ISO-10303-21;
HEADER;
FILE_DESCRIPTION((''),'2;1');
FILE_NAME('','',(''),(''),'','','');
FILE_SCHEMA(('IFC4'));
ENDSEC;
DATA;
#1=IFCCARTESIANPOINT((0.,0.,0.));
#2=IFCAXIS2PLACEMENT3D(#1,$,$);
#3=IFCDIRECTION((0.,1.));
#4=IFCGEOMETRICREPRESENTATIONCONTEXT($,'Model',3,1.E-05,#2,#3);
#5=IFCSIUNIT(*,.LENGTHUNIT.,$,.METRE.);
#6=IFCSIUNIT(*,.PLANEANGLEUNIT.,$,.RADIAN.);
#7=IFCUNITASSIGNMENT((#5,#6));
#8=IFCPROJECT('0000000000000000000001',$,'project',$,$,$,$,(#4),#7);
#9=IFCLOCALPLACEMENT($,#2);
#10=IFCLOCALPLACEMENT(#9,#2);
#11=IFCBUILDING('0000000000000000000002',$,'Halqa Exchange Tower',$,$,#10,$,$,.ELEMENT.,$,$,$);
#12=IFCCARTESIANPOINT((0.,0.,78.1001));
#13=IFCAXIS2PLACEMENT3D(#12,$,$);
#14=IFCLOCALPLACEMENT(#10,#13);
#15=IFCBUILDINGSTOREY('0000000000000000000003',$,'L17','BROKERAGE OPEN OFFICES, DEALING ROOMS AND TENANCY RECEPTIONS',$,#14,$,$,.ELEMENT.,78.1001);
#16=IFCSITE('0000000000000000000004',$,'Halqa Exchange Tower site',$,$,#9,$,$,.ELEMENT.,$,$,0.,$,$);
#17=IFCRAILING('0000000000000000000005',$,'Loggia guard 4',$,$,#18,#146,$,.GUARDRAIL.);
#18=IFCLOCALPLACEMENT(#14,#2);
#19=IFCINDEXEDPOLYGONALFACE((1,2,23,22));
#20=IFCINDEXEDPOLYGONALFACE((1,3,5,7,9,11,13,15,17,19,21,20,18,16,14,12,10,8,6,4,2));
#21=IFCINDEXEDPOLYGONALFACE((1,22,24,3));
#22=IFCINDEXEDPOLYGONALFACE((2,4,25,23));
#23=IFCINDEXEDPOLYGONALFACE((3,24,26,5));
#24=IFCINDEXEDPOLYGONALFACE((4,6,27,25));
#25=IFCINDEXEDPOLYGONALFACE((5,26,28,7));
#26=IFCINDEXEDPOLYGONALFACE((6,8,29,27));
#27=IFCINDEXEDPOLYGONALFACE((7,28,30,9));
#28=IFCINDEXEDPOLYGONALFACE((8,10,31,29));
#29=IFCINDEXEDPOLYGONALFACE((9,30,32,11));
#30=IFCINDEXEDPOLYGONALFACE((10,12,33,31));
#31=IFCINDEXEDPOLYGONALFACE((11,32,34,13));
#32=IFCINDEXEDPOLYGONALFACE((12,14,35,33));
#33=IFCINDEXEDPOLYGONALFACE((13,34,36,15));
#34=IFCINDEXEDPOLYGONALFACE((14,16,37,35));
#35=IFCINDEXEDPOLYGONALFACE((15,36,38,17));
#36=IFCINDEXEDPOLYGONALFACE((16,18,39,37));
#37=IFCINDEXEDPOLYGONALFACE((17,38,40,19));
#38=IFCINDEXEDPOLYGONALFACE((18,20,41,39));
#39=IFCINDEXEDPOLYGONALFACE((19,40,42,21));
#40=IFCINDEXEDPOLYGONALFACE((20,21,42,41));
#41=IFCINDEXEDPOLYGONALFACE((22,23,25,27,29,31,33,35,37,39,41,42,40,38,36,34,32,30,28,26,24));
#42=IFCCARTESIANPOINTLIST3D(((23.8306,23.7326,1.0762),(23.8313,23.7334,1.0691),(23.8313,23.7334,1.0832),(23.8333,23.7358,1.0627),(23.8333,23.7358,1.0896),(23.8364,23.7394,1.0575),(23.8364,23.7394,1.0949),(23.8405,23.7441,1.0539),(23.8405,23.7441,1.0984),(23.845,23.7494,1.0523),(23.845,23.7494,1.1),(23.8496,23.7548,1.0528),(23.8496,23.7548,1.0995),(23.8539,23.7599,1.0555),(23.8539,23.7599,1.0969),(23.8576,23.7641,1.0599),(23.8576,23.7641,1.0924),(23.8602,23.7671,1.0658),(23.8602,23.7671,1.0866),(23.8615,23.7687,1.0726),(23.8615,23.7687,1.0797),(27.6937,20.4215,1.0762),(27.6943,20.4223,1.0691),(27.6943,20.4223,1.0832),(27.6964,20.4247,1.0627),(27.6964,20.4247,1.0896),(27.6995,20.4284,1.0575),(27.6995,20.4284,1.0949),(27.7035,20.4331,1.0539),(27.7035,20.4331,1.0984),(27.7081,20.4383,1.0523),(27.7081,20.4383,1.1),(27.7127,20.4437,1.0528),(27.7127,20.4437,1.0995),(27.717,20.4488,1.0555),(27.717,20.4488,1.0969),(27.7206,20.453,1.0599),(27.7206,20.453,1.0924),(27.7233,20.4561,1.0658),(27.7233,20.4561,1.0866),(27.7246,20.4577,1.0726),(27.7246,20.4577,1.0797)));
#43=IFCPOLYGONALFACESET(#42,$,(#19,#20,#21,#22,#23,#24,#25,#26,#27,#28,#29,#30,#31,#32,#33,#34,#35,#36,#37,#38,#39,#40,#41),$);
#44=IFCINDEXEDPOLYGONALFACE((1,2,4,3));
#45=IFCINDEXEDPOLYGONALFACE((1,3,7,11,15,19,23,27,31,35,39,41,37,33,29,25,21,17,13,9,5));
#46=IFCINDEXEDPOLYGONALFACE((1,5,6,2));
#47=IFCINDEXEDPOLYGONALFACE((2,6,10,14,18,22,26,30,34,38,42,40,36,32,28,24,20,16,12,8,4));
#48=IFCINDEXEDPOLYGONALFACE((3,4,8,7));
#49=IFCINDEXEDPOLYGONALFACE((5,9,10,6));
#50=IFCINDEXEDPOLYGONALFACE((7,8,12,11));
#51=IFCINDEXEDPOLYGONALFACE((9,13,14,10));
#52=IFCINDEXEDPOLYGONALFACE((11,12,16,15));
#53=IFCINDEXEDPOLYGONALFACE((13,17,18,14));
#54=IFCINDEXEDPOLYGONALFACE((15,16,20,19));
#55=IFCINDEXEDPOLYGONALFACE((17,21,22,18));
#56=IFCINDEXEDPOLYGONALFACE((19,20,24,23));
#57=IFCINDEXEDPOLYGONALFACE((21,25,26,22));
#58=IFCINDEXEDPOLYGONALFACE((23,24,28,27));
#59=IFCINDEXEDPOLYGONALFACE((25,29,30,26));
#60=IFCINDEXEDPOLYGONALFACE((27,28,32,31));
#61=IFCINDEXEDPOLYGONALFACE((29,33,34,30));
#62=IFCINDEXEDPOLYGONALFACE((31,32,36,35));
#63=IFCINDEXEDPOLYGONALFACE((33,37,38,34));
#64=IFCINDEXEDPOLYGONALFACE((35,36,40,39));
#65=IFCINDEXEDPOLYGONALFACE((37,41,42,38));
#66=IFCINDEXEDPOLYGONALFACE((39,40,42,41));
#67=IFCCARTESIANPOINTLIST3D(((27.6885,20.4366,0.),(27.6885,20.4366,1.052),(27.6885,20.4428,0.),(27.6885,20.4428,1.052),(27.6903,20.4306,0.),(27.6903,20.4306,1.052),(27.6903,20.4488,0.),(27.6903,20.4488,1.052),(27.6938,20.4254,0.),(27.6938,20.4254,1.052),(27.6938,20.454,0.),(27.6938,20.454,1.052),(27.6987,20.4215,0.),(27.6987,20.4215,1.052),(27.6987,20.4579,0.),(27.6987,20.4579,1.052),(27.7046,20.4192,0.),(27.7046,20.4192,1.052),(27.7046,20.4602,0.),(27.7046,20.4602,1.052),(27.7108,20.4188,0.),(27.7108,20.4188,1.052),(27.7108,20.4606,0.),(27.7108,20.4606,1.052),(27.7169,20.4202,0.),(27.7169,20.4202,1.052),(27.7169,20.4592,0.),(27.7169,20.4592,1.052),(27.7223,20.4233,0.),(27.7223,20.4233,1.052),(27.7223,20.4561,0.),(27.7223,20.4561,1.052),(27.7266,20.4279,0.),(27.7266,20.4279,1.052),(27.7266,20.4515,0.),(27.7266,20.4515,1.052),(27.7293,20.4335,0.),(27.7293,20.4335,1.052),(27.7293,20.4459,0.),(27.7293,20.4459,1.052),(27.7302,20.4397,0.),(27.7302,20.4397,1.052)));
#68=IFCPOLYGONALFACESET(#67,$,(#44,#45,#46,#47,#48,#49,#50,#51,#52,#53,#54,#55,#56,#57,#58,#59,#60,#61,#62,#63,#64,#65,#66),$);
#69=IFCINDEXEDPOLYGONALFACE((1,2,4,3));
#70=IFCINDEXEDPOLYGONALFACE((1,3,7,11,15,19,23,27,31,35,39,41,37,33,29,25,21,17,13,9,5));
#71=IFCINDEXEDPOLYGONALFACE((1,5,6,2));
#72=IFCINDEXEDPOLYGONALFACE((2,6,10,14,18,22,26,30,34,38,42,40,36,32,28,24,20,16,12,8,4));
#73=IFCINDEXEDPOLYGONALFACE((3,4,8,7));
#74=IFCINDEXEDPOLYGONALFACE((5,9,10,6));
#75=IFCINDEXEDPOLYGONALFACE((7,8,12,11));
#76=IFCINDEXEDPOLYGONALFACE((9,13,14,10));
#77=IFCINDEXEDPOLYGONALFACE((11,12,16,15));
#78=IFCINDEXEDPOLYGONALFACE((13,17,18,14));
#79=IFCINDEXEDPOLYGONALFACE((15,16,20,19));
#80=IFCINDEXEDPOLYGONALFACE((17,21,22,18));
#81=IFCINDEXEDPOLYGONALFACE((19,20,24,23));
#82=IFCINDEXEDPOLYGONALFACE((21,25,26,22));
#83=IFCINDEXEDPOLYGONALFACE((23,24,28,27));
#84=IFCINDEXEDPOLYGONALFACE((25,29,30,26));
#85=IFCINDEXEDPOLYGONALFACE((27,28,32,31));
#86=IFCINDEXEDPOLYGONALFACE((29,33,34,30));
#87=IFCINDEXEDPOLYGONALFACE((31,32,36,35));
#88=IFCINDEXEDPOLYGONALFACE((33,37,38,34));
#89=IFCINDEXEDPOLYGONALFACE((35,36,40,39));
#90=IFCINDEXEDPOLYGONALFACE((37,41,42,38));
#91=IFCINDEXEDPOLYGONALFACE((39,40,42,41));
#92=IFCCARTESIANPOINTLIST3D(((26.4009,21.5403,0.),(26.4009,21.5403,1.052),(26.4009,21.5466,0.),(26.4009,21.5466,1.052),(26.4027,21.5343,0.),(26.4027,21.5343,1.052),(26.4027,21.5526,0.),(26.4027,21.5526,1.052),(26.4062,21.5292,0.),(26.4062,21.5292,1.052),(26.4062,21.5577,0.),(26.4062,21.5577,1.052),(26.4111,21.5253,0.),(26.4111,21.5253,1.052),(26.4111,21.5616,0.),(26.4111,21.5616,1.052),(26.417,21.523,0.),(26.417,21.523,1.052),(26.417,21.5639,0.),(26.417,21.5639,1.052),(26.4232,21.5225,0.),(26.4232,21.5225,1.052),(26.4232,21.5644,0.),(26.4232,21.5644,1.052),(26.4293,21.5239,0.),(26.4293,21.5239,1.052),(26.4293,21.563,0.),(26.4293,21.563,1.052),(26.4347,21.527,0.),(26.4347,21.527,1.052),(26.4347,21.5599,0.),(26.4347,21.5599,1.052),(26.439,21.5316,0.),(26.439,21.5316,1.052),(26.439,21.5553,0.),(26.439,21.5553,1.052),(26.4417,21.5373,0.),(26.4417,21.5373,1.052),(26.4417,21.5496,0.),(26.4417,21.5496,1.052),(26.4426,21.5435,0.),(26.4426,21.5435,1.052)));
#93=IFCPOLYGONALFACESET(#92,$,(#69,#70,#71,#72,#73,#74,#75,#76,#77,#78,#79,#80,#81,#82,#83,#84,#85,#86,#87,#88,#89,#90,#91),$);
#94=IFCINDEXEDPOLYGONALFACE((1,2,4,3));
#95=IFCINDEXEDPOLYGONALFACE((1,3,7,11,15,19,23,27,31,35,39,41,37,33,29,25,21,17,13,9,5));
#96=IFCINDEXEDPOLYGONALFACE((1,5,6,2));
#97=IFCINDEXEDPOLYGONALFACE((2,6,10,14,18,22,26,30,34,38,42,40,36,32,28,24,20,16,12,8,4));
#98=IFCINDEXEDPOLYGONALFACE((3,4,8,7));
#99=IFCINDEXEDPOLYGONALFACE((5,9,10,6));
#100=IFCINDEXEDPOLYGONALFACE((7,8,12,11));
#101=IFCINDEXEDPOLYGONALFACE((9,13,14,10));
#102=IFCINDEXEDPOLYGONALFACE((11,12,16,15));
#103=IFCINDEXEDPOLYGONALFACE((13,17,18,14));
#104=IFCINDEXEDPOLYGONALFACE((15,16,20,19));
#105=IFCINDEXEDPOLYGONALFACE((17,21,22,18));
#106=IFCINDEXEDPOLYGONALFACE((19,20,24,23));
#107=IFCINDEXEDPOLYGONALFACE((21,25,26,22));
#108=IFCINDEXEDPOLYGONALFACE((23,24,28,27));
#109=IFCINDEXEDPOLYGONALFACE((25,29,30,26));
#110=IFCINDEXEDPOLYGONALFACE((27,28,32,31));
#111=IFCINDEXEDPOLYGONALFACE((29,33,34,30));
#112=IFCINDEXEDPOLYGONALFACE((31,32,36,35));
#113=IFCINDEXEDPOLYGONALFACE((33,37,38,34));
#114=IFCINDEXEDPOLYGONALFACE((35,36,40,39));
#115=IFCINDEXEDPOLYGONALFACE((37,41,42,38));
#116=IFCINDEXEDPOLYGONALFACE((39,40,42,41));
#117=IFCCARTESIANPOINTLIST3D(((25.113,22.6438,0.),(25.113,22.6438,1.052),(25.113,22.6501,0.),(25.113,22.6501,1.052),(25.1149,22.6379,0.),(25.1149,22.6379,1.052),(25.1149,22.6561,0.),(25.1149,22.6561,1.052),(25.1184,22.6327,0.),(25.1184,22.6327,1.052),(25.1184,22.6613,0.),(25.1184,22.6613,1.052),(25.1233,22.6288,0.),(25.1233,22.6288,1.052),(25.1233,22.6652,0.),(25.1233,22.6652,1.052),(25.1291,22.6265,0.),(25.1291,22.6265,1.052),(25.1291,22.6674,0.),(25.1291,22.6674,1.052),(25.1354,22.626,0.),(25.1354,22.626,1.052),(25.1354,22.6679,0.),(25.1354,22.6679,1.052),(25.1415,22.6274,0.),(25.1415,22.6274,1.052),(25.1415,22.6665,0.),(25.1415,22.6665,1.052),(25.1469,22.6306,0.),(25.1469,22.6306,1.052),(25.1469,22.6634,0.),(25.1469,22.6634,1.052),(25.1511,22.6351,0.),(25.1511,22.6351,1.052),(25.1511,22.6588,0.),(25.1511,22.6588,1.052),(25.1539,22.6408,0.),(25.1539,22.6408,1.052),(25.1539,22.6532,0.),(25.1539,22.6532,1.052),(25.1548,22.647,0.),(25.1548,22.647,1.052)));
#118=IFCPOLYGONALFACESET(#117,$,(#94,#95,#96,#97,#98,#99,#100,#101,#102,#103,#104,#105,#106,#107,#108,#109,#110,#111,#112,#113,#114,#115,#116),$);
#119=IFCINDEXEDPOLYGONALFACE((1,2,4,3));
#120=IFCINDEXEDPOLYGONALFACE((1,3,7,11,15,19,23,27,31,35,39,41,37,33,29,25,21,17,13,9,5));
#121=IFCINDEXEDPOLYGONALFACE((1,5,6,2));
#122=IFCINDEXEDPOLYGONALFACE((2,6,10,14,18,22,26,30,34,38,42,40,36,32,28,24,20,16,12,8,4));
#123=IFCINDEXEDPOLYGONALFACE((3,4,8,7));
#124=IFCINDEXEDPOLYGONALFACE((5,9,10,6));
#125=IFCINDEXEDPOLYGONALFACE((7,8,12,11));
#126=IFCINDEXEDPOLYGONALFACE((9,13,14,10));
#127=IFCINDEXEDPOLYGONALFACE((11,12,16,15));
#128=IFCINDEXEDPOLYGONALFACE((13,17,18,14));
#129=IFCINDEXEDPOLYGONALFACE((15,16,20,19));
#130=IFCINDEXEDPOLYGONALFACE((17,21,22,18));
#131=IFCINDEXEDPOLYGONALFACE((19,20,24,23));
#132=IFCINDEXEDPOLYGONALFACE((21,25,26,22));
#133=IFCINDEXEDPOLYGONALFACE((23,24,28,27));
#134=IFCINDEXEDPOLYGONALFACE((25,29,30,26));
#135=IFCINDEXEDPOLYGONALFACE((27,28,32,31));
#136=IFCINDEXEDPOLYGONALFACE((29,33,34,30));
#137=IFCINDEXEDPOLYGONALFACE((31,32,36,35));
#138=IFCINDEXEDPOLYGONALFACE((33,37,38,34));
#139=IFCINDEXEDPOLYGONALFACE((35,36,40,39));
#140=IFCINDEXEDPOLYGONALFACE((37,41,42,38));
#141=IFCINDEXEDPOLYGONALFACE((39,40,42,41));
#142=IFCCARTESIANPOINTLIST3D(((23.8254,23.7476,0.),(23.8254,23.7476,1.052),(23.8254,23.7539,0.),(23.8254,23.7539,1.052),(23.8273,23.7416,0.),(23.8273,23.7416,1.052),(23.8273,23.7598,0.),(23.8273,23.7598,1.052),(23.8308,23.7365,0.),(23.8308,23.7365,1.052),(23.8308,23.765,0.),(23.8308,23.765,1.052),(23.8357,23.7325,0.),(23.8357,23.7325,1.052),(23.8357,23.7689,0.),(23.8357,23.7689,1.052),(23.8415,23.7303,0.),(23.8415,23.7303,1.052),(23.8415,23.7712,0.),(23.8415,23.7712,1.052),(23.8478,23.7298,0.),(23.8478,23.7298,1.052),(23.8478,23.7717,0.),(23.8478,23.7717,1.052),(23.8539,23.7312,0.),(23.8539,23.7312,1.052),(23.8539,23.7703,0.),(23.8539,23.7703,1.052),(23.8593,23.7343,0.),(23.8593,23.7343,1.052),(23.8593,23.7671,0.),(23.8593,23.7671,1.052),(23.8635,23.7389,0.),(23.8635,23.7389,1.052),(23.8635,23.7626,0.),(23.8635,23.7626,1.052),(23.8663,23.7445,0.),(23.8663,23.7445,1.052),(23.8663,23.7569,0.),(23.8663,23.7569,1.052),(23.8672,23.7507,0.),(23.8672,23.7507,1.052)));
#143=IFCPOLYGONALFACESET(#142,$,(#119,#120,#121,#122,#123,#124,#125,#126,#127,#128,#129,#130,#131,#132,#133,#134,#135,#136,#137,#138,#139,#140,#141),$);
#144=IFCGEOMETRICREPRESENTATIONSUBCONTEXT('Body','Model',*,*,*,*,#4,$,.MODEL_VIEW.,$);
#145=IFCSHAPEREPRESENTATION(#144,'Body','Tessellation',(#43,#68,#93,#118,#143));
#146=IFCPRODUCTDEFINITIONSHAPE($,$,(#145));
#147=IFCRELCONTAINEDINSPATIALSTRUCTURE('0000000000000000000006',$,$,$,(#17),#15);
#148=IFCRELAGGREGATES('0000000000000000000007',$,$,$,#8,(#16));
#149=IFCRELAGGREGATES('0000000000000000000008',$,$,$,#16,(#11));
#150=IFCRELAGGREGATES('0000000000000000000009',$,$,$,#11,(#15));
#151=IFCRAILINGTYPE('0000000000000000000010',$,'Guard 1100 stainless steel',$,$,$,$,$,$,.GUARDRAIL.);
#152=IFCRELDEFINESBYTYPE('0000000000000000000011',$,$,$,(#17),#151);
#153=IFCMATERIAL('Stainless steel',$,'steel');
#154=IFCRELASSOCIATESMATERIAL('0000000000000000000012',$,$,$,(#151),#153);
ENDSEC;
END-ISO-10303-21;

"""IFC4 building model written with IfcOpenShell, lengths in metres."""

from ifc_helpers import new_model, si_unit, direction, frame, origin, origin_2d, place, context, subcontext, project, spatial, circle, extrude, material, type_object, element, save


model = new_model("IFC4")

# Units and contexts
model_context = context("Model", 3, precision=1e-05, world=origin(), true_north=direction((0.0, 1.0)))
body_context = subcontext(model_context, "Body", "Model", "MODEL_VIEW")
ifc_project = project(units=[si_unit("LENGTHUNIT", "METRE"), si_unit("PLANEANGLEUNIT", "RADIAN")], contexts=[model_context])

# Site, building, storey
site_placement = place(None, origin())
site = spatial("IfcSite", under=ifc_project, at=site_placement, Name="Halqa Exchange Tower site", CompositionType="ELEMENT", RefElevation=0.0)
building_placement = place(site_placement, origin())
building = spatial("IfcBuilding", under=site, at=building_placement, Name="Halqa Exchange Tower", CompositionType="ELEMENT")
storey_placement = place(building_placement, frame((0.0, 0.0, 78.1001)))
storey = spatial("IfcBuildingStorey", under=building, at=storey_placement, Name="L17", Description="BROKERAGE OPEN OFFICES, DEALING ROOMS AND TENANCY RECEPTIONS", CompositionType="ELEMENT", Elevation=78.1001)

# Railing
ifc_material_1 = material(Name="Stainless steel", Category="steel")
railing_type = type_object("IfcRailingType", Name="Guard 1100 stainless steel", PredefinedType="GUARDRAIL", material=ifc_material_1)
railing_1_placement = place(storey_placement, frame((27.7092, 20.4397, 0.0)))
element("IfcRailing", 1, at=railing_1_placement, inside=storey, type_object=railing_type, Name="Loggia guard 4", PredefinedType="GUARDRAIL", context=body_context, shape_type="SweptSolid", body=[
    extrude(circle(Radius=0.0239, at=origin_2d()), frame((0.0, 0.0, 1.0762), z_axis=(-0.75927, 0.650776, 0.0), x_axis=(-0.650776, -0.75927, 0.0)), (0.0, 0.0, 1.0), 5.0879),
    extrude(circle(Radius=0.021, at=origin_2d()), origin(), (0.0, 0.0, 1.0), 1.052),
    extrude(circle(Radius=0.021, at=origin_2d()), frame((-1.2876, 1.1038, 0.0)), (0.0, 0.0, 1.0), 1.052),
    extrude(circle(Radius=0.021, at=origin_2d()), frame((-2.5754, 2.2073, 0.0)), (0.0, 0.0, 1.0), 1.052),
    extrude(circle(Radius=0.021, at=origin_2d()), frame((-3.863, 3.311, 0.0)), (0.0, 0.0, 1.0), 1.052),
])

save(model, "model.ifc")
